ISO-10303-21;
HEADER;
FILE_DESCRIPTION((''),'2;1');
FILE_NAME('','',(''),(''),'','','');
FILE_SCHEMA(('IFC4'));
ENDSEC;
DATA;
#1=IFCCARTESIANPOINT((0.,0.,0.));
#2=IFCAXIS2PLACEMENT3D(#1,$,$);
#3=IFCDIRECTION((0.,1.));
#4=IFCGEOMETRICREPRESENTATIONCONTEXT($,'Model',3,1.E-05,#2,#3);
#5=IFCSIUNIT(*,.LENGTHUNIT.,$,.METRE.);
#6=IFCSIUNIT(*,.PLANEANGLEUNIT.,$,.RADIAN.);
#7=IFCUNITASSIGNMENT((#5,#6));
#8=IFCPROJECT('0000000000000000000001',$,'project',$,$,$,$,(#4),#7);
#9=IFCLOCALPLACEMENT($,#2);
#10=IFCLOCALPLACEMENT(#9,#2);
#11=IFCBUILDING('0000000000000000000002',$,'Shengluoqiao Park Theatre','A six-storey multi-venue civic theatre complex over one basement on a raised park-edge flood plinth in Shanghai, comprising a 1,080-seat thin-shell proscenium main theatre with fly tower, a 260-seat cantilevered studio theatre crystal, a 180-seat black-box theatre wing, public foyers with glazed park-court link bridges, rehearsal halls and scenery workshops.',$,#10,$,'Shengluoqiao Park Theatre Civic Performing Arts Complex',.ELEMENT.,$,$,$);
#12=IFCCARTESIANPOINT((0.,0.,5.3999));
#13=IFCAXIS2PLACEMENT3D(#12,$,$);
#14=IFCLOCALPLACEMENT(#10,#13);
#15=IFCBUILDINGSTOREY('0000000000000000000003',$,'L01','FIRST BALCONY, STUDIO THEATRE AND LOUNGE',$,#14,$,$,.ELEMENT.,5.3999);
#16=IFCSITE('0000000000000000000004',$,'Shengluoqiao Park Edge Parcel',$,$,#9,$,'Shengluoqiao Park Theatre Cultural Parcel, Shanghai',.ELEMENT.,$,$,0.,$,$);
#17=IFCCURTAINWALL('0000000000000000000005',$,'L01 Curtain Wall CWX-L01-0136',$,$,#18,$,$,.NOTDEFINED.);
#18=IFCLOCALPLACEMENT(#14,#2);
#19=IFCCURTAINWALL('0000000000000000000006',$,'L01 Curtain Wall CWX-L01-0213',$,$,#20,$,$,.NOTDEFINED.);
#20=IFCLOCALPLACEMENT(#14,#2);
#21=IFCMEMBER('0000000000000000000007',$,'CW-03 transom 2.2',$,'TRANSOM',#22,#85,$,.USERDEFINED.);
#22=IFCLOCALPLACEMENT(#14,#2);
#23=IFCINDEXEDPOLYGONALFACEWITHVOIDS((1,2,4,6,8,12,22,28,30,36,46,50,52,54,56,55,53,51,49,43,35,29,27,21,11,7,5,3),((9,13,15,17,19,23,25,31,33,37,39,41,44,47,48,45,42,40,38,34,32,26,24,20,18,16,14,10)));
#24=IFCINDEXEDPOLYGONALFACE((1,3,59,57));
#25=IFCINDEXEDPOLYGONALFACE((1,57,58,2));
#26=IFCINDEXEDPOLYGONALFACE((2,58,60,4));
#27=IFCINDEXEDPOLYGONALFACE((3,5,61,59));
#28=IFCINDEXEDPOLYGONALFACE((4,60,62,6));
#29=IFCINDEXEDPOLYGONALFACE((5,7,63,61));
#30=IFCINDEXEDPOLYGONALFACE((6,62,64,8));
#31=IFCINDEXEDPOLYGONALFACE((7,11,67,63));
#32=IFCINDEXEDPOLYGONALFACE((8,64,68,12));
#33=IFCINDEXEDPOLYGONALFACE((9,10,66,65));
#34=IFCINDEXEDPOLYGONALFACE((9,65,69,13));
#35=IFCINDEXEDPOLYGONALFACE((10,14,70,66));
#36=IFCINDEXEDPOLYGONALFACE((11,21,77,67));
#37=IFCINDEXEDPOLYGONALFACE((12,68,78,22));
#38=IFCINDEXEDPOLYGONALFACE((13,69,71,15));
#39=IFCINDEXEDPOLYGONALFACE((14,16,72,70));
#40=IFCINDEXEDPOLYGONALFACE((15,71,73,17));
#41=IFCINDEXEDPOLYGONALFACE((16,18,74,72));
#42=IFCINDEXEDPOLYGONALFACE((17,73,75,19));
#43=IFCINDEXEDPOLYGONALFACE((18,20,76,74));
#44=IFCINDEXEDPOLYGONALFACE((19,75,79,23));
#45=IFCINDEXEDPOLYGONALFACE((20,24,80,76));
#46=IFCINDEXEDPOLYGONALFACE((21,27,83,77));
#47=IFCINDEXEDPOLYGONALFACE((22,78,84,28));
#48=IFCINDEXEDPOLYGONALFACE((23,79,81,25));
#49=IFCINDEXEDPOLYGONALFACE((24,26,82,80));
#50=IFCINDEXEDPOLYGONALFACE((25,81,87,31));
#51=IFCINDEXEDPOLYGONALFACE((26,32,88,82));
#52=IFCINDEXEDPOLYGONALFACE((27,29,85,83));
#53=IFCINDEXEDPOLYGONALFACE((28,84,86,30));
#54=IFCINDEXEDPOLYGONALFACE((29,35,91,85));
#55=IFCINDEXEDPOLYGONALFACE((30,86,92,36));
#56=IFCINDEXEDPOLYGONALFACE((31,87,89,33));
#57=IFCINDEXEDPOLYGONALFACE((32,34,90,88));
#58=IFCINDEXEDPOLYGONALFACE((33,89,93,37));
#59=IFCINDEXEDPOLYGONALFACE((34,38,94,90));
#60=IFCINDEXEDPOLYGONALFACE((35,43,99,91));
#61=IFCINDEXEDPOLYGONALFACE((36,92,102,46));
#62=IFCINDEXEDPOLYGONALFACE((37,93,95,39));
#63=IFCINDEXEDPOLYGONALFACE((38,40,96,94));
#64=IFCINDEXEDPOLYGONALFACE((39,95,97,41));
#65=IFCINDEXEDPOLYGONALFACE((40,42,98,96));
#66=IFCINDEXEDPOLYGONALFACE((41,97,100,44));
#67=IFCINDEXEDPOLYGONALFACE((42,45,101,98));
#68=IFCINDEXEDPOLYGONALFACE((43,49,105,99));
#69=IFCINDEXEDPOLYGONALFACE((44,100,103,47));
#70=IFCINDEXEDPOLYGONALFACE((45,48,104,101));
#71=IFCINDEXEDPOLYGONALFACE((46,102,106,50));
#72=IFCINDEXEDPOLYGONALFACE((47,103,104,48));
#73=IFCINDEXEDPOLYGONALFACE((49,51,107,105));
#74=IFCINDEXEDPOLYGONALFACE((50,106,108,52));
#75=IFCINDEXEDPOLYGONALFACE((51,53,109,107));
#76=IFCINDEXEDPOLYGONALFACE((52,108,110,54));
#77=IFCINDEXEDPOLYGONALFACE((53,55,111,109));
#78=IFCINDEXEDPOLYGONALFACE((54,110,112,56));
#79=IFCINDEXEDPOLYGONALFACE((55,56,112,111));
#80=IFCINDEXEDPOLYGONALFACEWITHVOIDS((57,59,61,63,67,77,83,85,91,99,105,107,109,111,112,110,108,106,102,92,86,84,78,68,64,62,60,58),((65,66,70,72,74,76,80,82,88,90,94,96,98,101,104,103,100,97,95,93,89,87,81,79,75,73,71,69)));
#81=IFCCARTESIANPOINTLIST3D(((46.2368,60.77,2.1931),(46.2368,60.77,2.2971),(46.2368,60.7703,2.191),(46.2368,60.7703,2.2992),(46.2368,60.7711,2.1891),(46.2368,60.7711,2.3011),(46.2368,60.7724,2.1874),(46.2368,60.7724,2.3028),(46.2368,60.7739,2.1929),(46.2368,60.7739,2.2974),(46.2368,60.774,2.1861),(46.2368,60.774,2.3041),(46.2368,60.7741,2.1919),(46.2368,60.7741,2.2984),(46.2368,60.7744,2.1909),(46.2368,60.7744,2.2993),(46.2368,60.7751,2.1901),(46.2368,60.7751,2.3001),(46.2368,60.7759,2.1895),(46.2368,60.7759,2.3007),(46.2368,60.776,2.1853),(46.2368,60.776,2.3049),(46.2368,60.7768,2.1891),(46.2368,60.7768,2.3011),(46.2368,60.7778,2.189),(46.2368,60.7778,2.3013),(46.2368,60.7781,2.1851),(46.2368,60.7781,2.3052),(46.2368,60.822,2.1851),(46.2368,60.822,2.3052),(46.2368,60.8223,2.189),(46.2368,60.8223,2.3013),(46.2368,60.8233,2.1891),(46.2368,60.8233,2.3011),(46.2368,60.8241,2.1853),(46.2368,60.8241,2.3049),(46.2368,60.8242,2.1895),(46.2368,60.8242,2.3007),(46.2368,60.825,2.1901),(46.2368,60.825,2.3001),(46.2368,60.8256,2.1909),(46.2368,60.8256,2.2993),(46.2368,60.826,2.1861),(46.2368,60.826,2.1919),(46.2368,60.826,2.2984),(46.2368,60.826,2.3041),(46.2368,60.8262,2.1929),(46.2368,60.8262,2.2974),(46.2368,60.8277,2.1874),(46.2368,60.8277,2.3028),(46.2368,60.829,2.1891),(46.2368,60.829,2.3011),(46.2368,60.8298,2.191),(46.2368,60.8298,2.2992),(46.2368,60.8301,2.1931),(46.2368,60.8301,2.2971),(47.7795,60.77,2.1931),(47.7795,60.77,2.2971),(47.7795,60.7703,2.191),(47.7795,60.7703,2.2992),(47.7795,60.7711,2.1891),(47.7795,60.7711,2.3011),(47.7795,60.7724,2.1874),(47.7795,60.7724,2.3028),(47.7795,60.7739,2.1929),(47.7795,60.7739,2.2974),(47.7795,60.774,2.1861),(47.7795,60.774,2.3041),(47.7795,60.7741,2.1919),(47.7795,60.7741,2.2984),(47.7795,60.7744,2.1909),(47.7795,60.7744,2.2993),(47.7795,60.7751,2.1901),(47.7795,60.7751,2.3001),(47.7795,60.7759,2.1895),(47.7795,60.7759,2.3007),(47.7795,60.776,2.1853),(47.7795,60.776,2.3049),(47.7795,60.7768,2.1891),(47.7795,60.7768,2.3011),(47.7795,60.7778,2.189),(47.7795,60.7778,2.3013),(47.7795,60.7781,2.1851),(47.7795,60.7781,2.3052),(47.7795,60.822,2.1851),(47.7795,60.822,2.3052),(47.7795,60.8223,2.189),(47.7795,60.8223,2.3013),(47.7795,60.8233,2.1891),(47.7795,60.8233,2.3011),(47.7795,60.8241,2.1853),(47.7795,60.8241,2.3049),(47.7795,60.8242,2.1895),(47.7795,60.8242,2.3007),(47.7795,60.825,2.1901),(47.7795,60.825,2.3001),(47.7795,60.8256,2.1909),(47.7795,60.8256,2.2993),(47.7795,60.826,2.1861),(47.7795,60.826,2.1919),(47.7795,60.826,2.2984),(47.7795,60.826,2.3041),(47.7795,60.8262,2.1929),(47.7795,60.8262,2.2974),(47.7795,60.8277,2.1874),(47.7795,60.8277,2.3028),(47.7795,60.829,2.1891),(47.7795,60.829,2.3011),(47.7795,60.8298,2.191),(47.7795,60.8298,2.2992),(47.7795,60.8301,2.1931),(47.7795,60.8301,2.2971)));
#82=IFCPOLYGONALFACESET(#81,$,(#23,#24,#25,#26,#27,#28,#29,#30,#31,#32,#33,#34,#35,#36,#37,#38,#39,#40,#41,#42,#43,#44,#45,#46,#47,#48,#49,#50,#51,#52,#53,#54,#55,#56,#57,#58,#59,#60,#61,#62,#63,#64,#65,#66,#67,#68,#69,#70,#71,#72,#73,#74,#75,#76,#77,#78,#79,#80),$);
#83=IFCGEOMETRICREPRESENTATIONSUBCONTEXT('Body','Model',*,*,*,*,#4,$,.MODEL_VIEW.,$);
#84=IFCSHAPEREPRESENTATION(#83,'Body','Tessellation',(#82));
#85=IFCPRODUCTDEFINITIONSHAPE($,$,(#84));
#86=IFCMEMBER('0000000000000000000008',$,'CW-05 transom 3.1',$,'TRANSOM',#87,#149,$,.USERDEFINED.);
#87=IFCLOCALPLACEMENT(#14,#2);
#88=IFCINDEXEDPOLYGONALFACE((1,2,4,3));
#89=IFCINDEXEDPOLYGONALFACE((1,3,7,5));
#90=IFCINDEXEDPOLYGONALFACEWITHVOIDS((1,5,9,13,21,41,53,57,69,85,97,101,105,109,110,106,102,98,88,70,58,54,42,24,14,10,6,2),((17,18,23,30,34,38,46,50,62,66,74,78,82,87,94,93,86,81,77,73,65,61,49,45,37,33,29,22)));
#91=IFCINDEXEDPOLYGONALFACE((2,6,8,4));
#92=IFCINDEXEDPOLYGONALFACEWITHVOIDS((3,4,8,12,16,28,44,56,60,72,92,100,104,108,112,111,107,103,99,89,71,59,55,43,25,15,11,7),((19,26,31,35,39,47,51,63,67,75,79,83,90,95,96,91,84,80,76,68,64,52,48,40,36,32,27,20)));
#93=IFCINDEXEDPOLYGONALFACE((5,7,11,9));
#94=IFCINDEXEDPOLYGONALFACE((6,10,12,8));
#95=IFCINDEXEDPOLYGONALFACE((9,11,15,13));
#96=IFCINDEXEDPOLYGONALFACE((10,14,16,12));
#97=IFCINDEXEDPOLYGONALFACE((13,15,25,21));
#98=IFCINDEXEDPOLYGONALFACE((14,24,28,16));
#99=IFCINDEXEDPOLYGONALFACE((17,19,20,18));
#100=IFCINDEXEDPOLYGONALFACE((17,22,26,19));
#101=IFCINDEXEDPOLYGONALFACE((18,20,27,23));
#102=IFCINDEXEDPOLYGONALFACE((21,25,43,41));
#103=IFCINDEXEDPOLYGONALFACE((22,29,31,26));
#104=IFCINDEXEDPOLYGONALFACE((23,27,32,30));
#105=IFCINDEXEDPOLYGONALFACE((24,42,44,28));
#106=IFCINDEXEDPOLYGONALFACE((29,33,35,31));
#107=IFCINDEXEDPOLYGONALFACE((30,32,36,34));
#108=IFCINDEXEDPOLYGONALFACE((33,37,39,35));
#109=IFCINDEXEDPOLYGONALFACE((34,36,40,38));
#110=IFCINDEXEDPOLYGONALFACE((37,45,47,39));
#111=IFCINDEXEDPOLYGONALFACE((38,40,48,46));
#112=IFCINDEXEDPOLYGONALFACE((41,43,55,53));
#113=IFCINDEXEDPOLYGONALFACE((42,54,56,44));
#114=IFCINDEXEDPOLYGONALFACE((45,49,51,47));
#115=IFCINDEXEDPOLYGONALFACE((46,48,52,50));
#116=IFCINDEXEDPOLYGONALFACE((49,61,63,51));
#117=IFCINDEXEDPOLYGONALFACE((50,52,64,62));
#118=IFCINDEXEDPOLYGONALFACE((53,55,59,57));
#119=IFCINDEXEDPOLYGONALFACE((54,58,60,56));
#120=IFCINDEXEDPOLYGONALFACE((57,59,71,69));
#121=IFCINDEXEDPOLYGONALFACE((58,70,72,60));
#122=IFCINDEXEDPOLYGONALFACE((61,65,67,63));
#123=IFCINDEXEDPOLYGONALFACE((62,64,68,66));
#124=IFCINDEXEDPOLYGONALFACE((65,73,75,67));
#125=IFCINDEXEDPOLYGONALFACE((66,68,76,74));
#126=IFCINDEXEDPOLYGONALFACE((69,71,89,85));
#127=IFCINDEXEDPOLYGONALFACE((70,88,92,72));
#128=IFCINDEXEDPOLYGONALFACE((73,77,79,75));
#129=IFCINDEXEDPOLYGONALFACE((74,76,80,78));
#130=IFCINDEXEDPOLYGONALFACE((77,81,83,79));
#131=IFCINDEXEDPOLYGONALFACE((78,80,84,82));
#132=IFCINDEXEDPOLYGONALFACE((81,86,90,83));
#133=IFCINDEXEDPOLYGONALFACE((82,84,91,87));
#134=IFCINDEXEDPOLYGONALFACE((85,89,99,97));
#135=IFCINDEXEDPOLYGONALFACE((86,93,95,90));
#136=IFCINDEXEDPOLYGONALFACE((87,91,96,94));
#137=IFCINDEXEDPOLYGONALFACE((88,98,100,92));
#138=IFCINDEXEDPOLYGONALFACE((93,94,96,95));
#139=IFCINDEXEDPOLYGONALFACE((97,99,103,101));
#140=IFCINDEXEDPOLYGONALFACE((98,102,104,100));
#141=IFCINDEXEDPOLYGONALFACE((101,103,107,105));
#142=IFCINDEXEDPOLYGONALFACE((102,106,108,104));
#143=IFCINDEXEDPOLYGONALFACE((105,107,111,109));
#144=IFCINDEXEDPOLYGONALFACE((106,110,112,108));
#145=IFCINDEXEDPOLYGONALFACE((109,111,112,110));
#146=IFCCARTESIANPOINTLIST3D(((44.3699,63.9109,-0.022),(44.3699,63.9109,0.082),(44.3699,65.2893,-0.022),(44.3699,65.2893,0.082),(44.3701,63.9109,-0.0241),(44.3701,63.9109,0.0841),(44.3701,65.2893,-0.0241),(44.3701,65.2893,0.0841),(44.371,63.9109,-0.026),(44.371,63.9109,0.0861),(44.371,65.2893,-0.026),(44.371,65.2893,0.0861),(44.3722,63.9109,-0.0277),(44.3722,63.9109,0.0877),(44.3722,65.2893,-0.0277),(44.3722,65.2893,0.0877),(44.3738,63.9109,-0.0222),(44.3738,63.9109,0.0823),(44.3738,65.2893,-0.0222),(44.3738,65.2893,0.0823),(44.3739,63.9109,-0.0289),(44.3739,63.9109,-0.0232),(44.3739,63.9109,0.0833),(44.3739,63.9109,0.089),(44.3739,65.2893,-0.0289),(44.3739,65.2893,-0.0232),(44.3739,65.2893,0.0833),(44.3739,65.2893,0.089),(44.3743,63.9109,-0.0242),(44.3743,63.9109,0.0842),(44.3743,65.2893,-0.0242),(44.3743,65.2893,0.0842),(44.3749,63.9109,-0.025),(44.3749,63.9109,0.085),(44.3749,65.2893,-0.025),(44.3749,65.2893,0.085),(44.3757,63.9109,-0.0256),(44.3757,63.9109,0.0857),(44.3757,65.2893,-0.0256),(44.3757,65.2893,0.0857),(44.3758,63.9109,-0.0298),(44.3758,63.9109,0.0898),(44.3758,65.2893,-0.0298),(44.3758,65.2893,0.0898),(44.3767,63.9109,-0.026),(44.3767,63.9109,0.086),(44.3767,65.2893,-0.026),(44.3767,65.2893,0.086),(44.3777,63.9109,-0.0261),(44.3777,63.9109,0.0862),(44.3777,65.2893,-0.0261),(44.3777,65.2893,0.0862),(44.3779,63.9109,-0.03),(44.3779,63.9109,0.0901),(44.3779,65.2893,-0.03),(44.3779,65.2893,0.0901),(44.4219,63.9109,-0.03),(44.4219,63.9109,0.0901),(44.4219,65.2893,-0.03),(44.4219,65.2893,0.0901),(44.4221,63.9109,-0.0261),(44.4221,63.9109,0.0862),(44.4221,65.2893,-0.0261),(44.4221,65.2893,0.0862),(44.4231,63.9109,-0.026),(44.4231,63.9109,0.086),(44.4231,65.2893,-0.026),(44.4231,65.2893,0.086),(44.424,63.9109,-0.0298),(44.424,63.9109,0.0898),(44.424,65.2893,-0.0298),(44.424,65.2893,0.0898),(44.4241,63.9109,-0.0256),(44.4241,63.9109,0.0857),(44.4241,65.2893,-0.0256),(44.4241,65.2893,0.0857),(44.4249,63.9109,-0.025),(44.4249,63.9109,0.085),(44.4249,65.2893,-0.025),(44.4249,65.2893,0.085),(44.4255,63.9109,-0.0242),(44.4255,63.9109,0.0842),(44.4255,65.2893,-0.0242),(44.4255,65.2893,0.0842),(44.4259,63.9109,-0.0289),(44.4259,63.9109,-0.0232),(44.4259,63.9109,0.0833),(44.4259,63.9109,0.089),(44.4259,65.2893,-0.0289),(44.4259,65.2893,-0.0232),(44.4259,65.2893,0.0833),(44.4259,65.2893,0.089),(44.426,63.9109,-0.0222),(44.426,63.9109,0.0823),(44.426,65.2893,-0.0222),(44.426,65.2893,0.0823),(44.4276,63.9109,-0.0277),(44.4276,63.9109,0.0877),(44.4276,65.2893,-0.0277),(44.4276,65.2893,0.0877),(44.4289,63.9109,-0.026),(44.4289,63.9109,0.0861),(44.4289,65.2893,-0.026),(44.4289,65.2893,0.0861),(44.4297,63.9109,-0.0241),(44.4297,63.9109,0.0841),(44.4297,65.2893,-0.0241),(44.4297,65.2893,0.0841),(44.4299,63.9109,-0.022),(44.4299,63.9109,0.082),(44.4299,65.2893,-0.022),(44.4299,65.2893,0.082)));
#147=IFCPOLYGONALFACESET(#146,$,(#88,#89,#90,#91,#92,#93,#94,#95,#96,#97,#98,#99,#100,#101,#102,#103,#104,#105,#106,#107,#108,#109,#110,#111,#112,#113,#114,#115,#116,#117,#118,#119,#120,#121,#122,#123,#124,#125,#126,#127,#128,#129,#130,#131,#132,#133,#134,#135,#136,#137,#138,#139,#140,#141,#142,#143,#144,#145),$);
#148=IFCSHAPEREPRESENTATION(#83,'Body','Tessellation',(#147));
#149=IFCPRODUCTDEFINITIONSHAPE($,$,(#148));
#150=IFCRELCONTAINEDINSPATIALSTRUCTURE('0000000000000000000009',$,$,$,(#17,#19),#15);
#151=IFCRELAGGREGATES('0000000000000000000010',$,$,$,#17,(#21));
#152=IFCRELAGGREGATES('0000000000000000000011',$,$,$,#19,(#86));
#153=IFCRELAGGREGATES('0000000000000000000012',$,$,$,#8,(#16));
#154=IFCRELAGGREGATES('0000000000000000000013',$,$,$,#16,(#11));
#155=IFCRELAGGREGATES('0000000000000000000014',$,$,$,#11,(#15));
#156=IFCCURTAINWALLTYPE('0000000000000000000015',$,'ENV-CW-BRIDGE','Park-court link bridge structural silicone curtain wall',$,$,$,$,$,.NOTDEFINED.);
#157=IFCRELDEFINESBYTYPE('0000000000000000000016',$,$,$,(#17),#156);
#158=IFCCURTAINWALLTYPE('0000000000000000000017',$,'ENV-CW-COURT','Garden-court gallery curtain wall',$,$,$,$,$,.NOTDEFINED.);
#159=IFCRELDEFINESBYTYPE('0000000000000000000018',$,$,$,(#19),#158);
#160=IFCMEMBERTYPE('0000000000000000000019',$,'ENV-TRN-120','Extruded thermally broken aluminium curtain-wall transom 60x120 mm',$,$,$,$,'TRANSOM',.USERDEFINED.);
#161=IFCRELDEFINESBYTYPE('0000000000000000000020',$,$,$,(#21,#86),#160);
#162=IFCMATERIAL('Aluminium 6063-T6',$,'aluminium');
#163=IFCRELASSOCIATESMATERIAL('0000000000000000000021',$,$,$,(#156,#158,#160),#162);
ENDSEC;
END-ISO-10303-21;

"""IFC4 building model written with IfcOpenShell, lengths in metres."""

from ifc_helpers import new_model, si_unit, direction, frame, origin, origin_2d, place, context, subcontext, project, spatial, hollow_rectangle, extrude, material, material_profile, profile_set, type_object, element, aggregate, save


model = new_model("IFC4")

# Units and contexts
model_context = context("Model", 3, precision=1e-05, world=origin(), true_north=direction((0.0, 1.0)))
body_context = subcontext(model_context, "Body", "Model", "MODEL_VIEW")
ifc_project = project(units=[si_unit("LENGTHUNIT", "METRE"), si_unit("PLANEANGLEUNIT", "RADIAN")], contexts=[model_context])

# Site, building, storey
site_placement = place(None, origin())
site = spatial("IfcSite", under=ifc_project, at=site_placement, Name="Shengluoqiao Park Edge Parcel", LongName="Shengluoqiao Park Theatre Cultural Parcel, Shanghai", CompositionType="ELEMENT", RefElevation=0.0)
building_placement = place(site_placement, origin())
building = spatial("IfcBuilding", under=site, at=building_placement, Name="Shengluoqiao Park Theatre", Description="A six-storey multi-venue civic theatre complex over one basement on a raised park-edge flood plinth in Shanghai, comprising a 1,080-seat thin-shell proscenium main theatre with fly tower, a 260-seat cantilevered studio theatre crystal, a 180-seat black-box theatre wing, public foyers with glazed park-court link bridges, rehearsal halls and scenery workshops.", LongName="Shengluoqiao Park Theatre Civic Performing Arts Complex", CompositionType="ELEMENT")
storey_placement = place(building_placement, frame((0.0, 0.0, 5.3999)))
storey = spatial("IfcBuildingStorey", under=building, at=storey_placement, Name="L01", Description="FIRST BALCONY, STUDIO THEATRE AND LOUNGE", CompositionType="ELEMENT", Elevation=5.3999)

# Curtain walls
ifc_material_1 = material(Name="Aluminium 6063-T6", Category="aluminium")
curtain_wall_type_1 = type_object("IfcCurtainWallType", Name="ENV-CW-BRIDGE", Description="Park-court link bridge structural silicone curtain wall", PredefinedType="NOTDEFINED", material=ifc_material_1)
curtain_wall_1_placement = place(storey_placement, origin())
curtain_wall_1 = element("IfcCurtainWall", 1, at=curtain_wall_1_placement, inside=storey, type_object=curtain_wall_type_1, Name="L01 Curtain Wall CWX-L01-0136", PredefinedType="NOTDEFINED")
curtain_wall_type_2 = type_object("IfcCurtainWallType", Name="ENV-CW-COURT", Description="Garden-court gallery curtain wall", PredefinedType="NOTDEFINED", material=ifc_material_1)
curtain_wall_2_placement = place(storey_placement, origin())
curtain_wall_2 = element("IfcCurtainWall", 2, at=curtain_wall_2_placement, inside=storey, type_object=curtain_wall_type_2, Name="L01 Curtain Wall CWX-L01-0213", PredefinedType="NOTDEFINED")

# Members
ifc_material_profile_1 = material_profile(ifc_material_1, hollow_rectangle(XDim=0.0601, YDim=0.1201, WallThickness=0.0039, InnerFilletRadius=0.0039, OuterFilletRadius=0.0081, at=origin_2d()), Name="ALU TRANSOM 120x60x4")
ifc_profile_set_1 = profile_set([ifc_material_profile_1], Name="Aluminium 6063-T6")
member_type_1 = type_object("IfcMemberType", Name="ENV-TRN-120", Description="Extruded thermally broken aluminium curtain-wall transom 60x120 mm", ElementType="TRANSOM", PredefinedType="USERDEFINED", material=ifc_profile_set_1)
member_1_placement = place(storey_placement, frame((46.2368, 60.8, 2.2451), z_axis=(1.0, 0.0, 0.0), x_axis=(0.0, 1.0, 0.0)))
member_1 = element("IfcMember", 3, at=member_1_placement, type_object=member_type_1, Name="CW-03 transom 2.2", ObjectType="TRANSOM", PredefinedType="USERDEFINED", context=body_context, shape_type="SweptSolid", body=[
    extrude(hollow_rectangle(XDim=0.0601, YDim=0.1201, WallThickness=0.0039, InnerFilletRadius=0.0039, OuterFilletRadius=0.0081, at=origin_2d()), origin(), (0.0, 0.0, 1.0), 1.5427),
])
member_2_placement = place(storey_placement, frame((44.3999, 63.9109, 0.03), z_axis=(0.0, 1.0, 0.0), x_axis=(-1.0, 0.0, 0.0)))
member_2 = element("IfcMember", 4, at=member_2_placement, type_object=member_type_1, Name="CW-05 transom 3.1", ObjectType="TRANSOM", PredefinedType="USERDEFINED", context=body_context, shape_type="SweptSolid", body=[
    extrude(hollow_rectangle(XDim=0.0601, YDim=0.1201, WallThickness=0.0039, InnerFilletRadius=0.0039, OuterFilletRadius=0.0081, at=origin_2d()), origin(), (0.0, 0.0, 1.0), 1.3784),
])

aggregate(curtain_wall_1, [member_1])
aggregate(curtain_wall_2, [member_2])

save(model, "model.ifc")
